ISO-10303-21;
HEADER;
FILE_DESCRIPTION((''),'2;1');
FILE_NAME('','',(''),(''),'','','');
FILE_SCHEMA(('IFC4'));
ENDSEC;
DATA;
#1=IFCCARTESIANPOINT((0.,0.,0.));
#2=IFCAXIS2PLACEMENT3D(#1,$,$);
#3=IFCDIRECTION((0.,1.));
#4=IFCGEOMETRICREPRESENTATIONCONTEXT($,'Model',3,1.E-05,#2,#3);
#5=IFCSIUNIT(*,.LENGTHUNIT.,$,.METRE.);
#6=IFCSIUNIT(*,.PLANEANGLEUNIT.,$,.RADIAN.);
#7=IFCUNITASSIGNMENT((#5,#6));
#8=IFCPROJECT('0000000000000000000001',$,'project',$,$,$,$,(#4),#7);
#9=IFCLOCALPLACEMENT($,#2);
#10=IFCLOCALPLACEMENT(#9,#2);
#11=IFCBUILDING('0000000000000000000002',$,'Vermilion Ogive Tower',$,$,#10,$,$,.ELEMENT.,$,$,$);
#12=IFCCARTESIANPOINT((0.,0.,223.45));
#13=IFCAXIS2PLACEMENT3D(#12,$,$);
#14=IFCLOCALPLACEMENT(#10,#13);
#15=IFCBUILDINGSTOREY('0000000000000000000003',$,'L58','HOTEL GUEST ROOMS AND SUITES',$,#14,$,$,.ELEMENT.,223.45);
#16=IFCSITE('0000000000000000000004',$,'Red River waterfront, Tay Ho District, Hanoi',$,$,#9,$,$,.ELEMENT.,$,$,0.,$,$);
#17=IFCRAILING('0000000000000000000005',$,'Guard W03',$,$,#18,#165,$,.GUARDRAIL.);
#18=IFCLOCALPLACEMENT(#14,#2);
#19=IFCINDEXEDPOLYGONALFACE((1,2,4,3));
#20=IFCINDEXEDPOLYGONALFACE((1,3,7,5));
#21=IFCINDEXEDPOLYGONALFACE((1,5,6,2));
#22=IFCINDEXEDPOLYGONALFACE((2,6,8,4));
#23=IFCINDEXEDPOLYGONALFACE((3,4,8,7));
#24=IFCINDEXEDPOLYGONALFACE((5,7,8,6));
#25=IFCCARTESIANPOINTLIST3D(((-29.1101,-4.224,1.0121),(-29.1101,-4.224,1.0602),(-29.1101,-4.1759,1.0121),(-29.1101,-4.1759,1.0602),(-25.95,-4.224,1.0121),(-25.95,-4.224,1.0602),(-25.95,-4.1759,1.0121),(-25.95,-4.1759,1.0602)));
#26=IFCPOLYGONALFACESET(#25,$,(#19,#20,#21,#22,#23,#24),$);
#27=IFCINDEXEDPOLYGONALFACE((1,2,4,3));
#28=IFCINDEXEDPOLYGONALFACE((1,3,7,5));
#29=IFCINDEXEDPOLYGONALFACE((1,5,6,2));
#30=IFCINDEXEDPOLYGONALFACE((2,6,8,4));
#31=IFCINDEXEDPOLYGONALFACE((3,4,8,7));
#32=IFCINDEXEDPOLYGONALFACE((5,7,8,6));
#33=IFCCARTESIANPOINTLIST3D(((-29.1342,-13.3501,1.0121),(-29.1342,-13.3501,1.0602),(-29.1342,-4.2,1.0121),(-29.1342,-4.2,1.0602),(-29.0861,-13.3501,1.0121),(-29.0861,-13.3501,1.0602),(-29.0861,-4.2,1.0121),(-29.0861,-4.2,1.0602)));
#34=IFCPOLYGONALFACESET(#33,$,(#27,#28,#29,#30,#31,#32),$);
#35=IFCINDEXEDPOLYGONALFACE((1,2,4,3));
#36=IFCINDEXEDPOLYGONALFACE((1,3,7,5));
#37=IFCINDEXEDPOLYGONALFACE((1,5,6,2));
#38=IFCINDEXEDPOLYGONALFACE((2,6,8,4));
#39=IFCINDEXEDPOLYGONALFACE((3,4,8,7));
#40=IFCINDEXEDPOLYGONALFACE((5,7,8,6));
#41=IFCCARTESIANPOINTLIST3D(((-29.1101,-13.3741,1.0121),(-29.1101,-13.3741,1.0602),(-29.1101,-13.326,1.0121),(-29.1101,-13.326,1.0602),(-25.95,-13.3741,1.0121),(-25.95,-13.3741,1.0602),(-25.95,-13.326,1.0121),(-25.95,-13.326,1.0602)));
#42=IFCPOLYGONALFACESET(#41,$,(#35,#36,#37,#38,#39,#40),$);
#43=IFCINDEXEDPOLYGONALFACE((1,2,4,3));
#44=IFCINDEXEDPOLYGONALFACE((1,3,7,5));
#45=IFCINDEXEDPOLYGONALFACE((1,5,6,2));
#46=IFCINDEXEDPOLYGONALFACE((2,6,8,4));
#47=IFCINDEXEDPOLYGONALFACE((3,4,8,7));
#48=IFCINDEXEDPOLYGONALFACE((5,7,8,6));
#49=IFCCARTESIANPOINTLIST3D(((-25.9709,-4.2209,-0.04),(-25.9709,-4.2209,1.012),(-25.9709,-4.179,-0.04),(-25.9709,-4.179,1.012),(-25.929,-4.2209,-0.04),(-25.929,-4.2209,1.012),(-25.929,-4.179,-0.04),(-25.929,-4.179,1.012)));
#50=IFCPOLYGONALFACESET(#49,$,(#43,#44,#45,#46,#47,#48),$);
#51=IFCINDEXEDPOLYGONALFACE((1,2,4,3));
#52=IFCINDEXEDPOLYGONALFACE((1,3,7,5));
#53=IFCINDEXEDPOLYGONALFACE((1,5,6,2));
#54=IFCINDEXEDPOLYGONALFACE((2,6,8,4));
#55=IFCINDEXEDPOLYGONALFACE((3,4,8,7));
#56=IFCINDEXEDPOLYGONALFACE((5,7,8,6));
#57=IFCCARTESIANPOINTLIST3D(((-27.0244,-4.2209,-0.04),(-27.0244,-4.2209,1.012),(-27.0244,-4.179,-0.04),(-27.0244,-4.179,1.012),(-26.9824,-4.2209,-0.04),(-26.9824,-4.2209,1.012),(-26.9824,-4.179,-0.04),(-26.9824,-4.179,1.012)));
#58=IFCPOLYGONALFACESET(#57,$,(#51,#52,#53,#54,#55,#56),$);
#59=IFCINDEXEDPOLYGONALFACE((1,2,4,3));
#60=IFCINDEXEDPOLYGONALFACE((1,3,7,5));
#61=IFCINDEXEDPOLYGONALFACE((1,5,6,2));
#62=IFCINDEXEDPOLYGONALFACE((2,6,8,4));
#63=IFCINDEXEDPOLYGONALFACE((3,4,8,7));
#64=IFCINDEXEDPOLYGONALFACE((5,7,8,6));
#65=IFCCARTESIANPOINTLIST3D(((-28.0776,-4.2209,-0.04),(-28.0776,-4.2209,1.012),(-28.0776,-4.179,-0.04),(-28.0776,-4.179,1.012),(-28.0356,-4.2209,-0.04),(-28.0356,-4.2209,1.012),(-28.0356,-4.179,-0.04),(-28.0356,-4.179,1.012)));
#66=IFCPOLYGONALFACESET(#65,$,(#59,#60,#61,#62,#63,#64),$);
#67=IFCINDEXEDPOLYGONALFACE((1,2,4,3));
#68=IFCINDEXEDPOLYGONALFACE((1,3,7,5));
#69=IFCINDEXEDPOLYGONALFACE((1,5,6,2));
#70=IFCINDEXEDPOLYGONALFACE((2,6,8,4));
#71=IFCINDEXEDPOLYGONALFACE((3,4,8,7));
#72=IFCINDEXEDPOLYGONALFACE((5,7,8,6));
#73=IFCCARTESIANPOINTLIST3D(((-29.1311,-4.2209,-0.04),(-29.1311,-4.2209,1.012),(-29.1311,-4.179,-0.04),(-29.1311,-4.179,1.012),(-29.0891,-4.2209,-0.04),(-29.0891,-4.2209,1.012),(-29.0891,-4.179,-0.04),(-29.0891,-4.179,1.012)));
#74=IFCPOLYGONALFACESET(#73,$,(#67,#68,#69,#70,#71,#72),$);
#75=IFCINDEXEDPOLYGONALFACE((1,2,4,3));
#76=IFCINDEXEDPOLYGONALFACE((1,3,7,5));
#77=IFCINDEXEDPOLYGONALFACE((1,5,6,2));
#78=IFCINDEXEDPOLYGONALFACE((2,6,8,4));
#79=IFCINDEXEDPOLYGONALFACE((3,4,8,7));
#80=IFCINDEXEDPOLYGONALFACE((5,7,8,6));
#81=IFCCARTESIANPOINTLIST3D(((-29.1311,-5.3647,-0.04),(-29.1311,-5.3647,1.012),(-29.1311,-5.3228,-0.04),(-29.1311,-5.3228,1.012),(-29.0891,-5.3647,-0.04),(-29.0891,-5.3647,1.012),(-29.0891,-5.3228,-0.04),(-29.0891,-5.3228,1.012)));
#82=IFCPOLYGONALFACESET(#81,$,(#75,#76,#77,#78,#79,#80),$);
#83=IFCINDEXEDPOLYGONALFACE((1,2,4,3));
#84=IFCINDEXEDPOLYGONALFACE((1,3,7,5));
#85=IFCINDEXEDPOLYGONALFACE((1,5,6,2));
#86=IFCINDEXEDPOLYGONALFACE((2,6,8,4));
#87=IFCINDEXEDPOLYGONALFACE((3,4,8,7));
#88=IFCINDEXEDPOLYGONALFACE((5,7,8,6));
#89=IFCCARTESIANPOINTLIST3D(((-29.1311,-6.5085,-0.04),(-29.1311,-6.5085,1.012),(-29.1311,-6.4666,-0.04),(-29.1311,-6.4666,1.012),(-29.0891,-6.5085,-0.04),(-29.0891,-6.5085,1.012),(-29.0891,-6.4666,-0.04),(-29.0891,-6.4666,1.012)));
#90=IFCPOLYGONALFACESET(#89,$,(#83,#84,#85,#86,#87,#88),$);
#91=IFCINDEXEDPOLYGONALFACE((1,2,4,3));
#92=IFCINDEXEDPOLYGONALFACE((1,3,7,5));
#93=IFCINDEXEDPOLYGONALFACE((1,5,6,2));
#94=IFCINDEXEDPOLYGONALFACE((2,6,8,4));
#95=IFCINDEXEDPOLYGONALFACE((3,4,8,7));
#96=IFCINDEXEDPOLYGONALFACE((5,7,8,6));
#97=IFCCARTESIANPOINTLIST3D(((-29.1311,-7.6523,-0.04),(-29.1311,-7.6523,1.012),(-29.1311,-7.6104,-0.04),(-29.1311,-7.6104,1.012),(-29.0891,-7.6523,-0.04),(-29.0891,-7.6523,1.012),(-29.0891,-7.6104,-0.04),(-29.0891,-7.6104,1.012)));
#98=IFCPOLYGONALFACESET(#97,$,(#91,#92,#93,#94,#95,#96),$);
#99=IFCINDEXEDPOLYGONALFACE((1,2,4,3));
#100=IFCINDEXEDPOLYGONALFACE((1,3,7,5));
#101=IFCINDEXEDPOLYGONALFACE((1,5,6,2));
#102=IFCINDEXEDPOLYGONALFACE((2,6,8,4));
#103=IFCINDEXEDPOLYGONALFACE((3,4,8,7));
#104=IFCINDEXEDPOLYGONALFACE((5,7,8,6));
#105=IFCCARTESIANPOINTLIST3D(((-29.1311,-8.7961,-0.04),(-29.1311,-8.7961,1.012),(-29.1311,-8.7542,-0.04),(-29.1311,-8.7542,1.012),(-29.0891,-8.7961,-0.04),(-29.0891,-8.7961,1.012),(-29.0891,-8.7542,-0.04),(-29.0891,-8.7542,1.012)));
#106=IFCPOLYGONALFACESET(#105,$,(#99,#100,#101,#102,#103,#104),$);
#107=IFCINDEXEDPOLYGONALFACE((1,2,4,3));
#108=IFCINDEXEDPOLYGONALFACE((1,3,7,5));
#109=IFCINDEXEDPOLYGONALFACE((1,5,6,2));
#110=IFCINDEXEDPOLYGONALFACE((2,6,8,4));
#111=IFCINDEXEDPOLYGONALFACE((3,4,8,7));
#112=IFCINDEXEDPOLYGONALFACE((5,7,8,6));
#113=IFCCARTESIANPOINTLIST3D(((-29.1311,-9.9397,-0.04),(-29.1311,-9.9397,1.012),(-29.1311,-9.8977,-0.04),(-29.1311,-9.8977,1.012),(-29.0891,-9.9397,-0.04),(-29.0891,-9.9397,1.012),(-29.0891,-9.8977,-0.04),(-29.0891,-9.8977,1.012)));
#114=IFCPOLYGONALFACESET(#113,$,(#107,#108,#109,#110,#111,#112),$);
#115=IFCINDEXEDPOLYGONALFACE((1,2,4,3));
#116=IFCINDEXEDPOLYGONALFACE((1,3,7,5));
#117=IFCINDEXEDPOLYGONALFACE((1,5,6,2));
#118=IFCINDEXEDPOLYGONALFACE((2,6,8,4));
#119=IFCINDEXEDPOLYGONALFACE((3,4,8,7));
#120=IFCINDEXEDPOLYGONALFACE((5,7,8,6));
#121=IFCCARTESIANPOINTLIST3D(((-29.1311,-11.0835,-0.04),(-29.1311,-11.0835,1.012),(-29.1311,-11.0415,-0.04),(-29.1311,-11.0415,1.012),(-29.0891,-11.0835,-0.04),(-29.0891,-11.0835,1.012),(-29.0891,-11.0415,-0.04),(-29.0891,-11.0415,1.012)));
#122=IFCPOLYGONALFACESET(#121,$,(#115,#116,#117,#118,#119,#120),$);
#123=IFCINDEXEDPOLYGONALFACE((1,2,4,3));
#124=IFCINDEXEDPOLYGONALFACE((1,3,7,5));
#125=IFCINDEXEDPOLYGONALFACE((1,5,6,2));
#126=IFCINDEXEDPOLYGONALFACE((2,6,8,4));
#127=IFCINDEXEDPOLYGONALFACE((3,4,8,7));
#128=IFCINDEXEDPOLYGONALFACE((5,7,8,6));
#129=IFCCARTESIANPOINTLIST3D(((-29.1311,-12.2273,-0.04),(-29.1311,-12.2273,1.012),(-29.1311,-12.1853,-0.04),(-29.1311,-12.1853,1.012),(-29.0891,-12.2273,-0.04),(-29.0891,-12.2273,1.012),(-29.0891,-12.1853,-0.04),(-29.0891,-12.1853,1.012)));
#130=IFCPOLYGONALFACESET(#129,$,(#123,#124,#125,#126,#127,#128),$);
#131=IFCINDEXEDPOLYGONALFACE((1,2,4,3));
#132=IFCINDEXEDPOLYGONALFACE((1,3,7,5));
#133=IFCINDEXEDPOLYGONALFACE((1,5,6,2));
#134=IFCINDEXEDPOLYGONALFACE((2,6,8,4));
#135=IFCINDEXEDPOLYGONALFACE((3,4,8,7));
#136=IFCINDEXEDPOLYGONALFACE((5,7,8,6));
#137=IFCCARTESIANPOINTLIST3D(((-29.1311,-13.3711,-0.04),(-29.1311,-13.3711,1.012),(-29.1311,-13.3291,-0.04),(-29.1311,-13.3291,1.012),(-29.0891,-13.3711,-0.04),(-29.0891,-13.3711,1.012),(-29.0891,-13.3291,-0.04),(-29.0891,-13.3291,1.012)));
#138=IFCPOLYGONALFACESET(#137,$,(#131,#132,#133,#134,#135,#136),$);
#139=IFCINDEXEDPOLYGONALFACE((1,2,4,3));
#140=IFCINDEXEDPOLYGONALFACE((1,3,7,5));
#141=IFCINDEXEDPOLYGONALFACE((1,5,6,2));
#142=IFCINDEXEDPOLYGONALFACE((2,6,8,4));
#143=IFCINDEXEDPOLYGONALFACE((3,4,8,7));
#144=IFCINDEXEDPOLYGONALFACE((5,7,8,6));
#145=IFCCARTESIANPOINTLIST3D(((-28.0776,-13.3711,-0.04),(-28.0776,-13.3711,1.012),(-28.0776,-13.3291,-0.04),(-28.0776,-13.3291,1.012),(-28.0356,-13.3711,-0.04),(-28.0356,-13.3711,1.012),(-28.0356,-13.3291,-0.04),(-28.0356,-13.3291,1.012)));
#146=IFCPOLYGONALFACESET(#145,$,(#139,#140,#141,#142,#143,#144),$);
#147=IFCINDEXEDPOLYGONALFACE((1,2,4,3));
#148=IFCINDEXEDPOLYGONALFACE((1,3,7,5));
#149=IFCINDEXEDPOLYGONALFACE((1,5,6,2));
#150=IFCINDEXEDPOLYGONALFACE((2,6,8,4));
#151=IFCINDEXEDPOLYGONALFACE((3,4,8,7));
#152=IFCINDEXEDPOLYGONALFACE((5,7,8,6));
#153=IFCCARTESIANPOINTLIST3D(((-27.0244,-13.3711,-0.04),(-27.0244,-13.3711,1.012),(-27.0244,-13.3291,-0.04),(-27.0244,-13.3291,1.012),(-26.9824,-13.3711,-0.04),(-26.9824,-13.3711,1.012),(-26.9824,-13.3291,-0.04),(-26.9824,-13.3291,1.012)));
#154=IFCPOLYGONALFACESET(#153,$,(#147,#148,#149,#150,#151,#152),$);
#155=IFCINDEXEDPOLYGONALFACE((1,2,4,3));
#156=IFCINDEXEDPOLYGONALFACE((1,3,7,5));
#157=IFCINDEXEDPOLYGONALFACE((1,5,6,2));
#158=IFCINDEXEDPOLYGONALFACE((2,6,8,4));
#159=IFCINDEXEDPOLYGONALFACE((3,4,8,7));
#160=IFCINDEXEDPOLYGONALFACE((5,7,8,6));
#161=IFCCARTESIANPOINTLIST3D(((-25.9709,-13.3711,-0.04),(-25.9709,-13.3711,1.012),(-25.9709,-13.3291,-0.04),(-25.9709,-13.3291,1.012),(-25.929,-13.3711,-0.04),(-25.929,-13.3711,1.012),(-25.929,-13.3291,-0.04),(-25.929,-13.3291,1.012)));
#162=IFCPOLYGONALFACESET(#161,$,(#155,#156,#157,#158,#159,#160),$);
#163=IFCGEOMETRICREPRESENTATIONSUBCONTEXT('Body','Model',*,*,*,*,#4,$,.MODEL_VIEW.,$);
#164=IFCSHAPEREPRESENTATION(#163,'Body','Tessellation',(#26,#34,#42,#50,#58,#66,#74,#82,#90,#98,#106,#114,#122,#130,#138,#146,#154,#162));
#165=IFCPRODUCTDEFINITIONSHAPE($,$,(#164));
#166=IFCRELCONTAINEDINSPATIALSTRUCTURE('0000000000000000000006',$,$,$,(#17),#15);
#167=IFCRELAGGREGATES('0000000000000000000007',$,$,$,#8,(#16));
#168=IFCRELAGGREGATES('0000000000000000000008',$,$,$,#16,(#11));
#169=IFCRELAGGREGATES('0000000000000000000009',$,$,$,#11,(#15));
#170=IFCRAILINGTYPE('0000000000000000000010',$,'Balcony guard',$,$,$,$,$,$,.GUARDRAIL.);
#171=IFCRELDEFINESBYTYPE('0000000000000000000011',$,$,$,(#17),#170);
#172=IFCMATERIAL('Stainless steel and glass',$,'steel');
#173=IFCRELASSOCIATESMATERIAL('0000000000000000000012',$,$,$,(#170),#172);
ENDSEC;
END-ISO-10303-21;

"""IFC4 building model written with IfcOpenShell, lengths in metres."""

from ifc_helpers import new_model, si_unit, direction, frame, origin, origin_2d, place, context, subcontext, project, spatial, rectangle, extrude, material, type_object, element, save


model = new_model("IFC4")

# Units and contexts
model_context = context("Model", 3, precision=1e-05, world=origin(), true_north=direction((0.0, 1.0)))
body_context = subcontext(model_context, "Body", "Model", "MODEL_VIEW")
ifc_project = project(units=[si_unit("LENGTHUNIT", "METRE"), si_unit("PLANEANGLEUNIT", "RADIAN")], contexts=[model_context])

# Site, building, storey
site_placement = place(None, origin())
site = spatial("IfcSite", under=ifc_project, at=site_placement, Name="Red River waterfront, Tay Ho District, Hanoi", CompositionType="ELEMENT", RefElevation=0.0)
building_placement = place(site_placement, origin())
building = spatial("IfcBuilding", under=site, at=building_placement, Name="Vermilion Ogive Tower", CompositionType="ELEMENT")
storey_placement = place(building_placement, frame((0.0, 0.0, 223.45)))
storey = spatial("IfcBuildingStorey", under=building, at=storey_placement, Name="L58", Description="HOTEL GUEST ROOMS AND SUITES", CompositionType="ELEMENT", Elevation=223.45)

# Railing
ifc_material_1 = material(Name="Stainless steel and glass", Category="steel")
railing_type = type_object("IfcRailingType", Name="Balcony guard", PredefinedType="GUARDRAIL", material=ifc_material_1)
railing_placement = place(storey_placement, frame((-25.95, -4.2, -0.04)))
element("IfcRailing", 1, at=railing_placement, inside=storey, type_object=railing_type, Name="Guard W03", PredefinedType="GUARDRAIL", context=body_context, shape_type="SweptSolid", body=[
    extrude(rectangle(XDim=0.0481, YDim=0.0481, at=origin_2d()), frame((0.0, 0.0, 1.0762), z_axis=(-1.0, 0.0, 0.0), x_axis=(0.0, -1.0, 0.0)), (0.0, 0.0, 1.0), 3.1602),
    extrude(rectangle(XDim=0.0481, YDim=0.0481, at=origin_2d()), frame((-3.1602, 0.0, 1.0762), z_axis=(0.0, -1.0, 0.0), x_axis=(1.0, 0.0, 0.0)), (0.0, 0.0, 1.0), 9.1501),
    extrude(rectangle(XDim=0.0481, YDim=0.0481, at=origin_2d()), frame((-3.1602, -9.1501, 1.0762), z_axis=(1.0, 0.0, 0.0), x_axis=(0.0, 1.0, 0.0)), (0.0, 0.0, 1.0), 3.1602),
    extrude(rectangle(XDim=0.042, YDim=0.042, at=origin_2d()), origin(), (0.0, 0.0, 1.0), 1.052),
    extrude(rectangle(XDim=0.042, YDim=0.042, at=origin_2d()), frame((-1.0535, 0.0, 0.0)), (0.0, 0.0, 1.0), 1.052),
    extrude(rectangle(XDim=0.042, YDim=0.042, at=origin_2d()), frame((-2.1067, 0.0, 0.0)), (0.0, 0.0, 1.0), 1.052),
    extrude(rectangle(XDim=0.042, YDim=0.042, at=origin_2d()), frame((-3.1602, 0.0, 0.0)), (0.0, 0.0, 1.0), 1.052),
    extrude(rectangle(XDim=0.042, YDim=0.042, at=origin_2d()), frame((-3.1602, -1.1438, 0.0)), (0.0, 0.0, 1.0), 1.052),
    extrude(rectangle(XDim=0.042, YDim=0.042, at=origin_2d()), frame((-3.1602, -2.2876, 0.0)), (0.0, 0.0, 1.0), 1.052),
    extrude(rectangle(XDim=0.042, YDim=0.042, at=origin_2d()), frame((-3.1602, -3.4314, 0.0)), (0.0, 0.0, 1.0), 1.052),
    extrude(rectangle(XDim=0.042, YDim=0.042, at=origin_2d()), frame((-3.1602, -4.5752, 0.0)), (0.0, 0.0, 1.0), 1.052),
    extrude(rectangle(XDim=0.042, YDim=0.042, at=origin_2d()), frame((-3.1602, -5.7188, 0.0)), (0.0, 0.0, 1.0), 1.052),
    extrude(rectangle(XDim=0.042, YDim=0.042, at=origin_2d()), frame((-3.1602, -6.8625, 0.0)), (0.0, 0.0, 1.0), 1.052),
    extrude(rectangle(XDim=0.042, YDim=0.042, at=origin_2d()), frame((-3.1602, -8.0063, 0.0)), (0.0, 0.0, 1.0), 1.052),
    extrude(rectangle(XDim=0.042, YDim=0.042, at=origin_2d()), frame((-3.1602, -9.1501, 0.0)), (0.0, 0.0, 1.0), 1.052),
    extrude(rectangle(XDim=0.042, YDim=0.042, at=origin_2d()), frame((-2.1067, -9.1501, 0.0)), (0.0, 0.0, 1.0), 1.052),
    extrude(rectangle(XDim=0.042, YDim=0.042, at=origin_2d()), frame((-1.0535, -9.1501, 0.0)), (0.0, 0.0, 1.0), 1.052),
    extrude(rectangle(XDim=0.042, YDim=0.042, at=origin_2d()), frame((0.0, -9.1501, 0.0)), (0.0, 0.0, 1.0), 1.052),
])

save(model, "model.ifc")
